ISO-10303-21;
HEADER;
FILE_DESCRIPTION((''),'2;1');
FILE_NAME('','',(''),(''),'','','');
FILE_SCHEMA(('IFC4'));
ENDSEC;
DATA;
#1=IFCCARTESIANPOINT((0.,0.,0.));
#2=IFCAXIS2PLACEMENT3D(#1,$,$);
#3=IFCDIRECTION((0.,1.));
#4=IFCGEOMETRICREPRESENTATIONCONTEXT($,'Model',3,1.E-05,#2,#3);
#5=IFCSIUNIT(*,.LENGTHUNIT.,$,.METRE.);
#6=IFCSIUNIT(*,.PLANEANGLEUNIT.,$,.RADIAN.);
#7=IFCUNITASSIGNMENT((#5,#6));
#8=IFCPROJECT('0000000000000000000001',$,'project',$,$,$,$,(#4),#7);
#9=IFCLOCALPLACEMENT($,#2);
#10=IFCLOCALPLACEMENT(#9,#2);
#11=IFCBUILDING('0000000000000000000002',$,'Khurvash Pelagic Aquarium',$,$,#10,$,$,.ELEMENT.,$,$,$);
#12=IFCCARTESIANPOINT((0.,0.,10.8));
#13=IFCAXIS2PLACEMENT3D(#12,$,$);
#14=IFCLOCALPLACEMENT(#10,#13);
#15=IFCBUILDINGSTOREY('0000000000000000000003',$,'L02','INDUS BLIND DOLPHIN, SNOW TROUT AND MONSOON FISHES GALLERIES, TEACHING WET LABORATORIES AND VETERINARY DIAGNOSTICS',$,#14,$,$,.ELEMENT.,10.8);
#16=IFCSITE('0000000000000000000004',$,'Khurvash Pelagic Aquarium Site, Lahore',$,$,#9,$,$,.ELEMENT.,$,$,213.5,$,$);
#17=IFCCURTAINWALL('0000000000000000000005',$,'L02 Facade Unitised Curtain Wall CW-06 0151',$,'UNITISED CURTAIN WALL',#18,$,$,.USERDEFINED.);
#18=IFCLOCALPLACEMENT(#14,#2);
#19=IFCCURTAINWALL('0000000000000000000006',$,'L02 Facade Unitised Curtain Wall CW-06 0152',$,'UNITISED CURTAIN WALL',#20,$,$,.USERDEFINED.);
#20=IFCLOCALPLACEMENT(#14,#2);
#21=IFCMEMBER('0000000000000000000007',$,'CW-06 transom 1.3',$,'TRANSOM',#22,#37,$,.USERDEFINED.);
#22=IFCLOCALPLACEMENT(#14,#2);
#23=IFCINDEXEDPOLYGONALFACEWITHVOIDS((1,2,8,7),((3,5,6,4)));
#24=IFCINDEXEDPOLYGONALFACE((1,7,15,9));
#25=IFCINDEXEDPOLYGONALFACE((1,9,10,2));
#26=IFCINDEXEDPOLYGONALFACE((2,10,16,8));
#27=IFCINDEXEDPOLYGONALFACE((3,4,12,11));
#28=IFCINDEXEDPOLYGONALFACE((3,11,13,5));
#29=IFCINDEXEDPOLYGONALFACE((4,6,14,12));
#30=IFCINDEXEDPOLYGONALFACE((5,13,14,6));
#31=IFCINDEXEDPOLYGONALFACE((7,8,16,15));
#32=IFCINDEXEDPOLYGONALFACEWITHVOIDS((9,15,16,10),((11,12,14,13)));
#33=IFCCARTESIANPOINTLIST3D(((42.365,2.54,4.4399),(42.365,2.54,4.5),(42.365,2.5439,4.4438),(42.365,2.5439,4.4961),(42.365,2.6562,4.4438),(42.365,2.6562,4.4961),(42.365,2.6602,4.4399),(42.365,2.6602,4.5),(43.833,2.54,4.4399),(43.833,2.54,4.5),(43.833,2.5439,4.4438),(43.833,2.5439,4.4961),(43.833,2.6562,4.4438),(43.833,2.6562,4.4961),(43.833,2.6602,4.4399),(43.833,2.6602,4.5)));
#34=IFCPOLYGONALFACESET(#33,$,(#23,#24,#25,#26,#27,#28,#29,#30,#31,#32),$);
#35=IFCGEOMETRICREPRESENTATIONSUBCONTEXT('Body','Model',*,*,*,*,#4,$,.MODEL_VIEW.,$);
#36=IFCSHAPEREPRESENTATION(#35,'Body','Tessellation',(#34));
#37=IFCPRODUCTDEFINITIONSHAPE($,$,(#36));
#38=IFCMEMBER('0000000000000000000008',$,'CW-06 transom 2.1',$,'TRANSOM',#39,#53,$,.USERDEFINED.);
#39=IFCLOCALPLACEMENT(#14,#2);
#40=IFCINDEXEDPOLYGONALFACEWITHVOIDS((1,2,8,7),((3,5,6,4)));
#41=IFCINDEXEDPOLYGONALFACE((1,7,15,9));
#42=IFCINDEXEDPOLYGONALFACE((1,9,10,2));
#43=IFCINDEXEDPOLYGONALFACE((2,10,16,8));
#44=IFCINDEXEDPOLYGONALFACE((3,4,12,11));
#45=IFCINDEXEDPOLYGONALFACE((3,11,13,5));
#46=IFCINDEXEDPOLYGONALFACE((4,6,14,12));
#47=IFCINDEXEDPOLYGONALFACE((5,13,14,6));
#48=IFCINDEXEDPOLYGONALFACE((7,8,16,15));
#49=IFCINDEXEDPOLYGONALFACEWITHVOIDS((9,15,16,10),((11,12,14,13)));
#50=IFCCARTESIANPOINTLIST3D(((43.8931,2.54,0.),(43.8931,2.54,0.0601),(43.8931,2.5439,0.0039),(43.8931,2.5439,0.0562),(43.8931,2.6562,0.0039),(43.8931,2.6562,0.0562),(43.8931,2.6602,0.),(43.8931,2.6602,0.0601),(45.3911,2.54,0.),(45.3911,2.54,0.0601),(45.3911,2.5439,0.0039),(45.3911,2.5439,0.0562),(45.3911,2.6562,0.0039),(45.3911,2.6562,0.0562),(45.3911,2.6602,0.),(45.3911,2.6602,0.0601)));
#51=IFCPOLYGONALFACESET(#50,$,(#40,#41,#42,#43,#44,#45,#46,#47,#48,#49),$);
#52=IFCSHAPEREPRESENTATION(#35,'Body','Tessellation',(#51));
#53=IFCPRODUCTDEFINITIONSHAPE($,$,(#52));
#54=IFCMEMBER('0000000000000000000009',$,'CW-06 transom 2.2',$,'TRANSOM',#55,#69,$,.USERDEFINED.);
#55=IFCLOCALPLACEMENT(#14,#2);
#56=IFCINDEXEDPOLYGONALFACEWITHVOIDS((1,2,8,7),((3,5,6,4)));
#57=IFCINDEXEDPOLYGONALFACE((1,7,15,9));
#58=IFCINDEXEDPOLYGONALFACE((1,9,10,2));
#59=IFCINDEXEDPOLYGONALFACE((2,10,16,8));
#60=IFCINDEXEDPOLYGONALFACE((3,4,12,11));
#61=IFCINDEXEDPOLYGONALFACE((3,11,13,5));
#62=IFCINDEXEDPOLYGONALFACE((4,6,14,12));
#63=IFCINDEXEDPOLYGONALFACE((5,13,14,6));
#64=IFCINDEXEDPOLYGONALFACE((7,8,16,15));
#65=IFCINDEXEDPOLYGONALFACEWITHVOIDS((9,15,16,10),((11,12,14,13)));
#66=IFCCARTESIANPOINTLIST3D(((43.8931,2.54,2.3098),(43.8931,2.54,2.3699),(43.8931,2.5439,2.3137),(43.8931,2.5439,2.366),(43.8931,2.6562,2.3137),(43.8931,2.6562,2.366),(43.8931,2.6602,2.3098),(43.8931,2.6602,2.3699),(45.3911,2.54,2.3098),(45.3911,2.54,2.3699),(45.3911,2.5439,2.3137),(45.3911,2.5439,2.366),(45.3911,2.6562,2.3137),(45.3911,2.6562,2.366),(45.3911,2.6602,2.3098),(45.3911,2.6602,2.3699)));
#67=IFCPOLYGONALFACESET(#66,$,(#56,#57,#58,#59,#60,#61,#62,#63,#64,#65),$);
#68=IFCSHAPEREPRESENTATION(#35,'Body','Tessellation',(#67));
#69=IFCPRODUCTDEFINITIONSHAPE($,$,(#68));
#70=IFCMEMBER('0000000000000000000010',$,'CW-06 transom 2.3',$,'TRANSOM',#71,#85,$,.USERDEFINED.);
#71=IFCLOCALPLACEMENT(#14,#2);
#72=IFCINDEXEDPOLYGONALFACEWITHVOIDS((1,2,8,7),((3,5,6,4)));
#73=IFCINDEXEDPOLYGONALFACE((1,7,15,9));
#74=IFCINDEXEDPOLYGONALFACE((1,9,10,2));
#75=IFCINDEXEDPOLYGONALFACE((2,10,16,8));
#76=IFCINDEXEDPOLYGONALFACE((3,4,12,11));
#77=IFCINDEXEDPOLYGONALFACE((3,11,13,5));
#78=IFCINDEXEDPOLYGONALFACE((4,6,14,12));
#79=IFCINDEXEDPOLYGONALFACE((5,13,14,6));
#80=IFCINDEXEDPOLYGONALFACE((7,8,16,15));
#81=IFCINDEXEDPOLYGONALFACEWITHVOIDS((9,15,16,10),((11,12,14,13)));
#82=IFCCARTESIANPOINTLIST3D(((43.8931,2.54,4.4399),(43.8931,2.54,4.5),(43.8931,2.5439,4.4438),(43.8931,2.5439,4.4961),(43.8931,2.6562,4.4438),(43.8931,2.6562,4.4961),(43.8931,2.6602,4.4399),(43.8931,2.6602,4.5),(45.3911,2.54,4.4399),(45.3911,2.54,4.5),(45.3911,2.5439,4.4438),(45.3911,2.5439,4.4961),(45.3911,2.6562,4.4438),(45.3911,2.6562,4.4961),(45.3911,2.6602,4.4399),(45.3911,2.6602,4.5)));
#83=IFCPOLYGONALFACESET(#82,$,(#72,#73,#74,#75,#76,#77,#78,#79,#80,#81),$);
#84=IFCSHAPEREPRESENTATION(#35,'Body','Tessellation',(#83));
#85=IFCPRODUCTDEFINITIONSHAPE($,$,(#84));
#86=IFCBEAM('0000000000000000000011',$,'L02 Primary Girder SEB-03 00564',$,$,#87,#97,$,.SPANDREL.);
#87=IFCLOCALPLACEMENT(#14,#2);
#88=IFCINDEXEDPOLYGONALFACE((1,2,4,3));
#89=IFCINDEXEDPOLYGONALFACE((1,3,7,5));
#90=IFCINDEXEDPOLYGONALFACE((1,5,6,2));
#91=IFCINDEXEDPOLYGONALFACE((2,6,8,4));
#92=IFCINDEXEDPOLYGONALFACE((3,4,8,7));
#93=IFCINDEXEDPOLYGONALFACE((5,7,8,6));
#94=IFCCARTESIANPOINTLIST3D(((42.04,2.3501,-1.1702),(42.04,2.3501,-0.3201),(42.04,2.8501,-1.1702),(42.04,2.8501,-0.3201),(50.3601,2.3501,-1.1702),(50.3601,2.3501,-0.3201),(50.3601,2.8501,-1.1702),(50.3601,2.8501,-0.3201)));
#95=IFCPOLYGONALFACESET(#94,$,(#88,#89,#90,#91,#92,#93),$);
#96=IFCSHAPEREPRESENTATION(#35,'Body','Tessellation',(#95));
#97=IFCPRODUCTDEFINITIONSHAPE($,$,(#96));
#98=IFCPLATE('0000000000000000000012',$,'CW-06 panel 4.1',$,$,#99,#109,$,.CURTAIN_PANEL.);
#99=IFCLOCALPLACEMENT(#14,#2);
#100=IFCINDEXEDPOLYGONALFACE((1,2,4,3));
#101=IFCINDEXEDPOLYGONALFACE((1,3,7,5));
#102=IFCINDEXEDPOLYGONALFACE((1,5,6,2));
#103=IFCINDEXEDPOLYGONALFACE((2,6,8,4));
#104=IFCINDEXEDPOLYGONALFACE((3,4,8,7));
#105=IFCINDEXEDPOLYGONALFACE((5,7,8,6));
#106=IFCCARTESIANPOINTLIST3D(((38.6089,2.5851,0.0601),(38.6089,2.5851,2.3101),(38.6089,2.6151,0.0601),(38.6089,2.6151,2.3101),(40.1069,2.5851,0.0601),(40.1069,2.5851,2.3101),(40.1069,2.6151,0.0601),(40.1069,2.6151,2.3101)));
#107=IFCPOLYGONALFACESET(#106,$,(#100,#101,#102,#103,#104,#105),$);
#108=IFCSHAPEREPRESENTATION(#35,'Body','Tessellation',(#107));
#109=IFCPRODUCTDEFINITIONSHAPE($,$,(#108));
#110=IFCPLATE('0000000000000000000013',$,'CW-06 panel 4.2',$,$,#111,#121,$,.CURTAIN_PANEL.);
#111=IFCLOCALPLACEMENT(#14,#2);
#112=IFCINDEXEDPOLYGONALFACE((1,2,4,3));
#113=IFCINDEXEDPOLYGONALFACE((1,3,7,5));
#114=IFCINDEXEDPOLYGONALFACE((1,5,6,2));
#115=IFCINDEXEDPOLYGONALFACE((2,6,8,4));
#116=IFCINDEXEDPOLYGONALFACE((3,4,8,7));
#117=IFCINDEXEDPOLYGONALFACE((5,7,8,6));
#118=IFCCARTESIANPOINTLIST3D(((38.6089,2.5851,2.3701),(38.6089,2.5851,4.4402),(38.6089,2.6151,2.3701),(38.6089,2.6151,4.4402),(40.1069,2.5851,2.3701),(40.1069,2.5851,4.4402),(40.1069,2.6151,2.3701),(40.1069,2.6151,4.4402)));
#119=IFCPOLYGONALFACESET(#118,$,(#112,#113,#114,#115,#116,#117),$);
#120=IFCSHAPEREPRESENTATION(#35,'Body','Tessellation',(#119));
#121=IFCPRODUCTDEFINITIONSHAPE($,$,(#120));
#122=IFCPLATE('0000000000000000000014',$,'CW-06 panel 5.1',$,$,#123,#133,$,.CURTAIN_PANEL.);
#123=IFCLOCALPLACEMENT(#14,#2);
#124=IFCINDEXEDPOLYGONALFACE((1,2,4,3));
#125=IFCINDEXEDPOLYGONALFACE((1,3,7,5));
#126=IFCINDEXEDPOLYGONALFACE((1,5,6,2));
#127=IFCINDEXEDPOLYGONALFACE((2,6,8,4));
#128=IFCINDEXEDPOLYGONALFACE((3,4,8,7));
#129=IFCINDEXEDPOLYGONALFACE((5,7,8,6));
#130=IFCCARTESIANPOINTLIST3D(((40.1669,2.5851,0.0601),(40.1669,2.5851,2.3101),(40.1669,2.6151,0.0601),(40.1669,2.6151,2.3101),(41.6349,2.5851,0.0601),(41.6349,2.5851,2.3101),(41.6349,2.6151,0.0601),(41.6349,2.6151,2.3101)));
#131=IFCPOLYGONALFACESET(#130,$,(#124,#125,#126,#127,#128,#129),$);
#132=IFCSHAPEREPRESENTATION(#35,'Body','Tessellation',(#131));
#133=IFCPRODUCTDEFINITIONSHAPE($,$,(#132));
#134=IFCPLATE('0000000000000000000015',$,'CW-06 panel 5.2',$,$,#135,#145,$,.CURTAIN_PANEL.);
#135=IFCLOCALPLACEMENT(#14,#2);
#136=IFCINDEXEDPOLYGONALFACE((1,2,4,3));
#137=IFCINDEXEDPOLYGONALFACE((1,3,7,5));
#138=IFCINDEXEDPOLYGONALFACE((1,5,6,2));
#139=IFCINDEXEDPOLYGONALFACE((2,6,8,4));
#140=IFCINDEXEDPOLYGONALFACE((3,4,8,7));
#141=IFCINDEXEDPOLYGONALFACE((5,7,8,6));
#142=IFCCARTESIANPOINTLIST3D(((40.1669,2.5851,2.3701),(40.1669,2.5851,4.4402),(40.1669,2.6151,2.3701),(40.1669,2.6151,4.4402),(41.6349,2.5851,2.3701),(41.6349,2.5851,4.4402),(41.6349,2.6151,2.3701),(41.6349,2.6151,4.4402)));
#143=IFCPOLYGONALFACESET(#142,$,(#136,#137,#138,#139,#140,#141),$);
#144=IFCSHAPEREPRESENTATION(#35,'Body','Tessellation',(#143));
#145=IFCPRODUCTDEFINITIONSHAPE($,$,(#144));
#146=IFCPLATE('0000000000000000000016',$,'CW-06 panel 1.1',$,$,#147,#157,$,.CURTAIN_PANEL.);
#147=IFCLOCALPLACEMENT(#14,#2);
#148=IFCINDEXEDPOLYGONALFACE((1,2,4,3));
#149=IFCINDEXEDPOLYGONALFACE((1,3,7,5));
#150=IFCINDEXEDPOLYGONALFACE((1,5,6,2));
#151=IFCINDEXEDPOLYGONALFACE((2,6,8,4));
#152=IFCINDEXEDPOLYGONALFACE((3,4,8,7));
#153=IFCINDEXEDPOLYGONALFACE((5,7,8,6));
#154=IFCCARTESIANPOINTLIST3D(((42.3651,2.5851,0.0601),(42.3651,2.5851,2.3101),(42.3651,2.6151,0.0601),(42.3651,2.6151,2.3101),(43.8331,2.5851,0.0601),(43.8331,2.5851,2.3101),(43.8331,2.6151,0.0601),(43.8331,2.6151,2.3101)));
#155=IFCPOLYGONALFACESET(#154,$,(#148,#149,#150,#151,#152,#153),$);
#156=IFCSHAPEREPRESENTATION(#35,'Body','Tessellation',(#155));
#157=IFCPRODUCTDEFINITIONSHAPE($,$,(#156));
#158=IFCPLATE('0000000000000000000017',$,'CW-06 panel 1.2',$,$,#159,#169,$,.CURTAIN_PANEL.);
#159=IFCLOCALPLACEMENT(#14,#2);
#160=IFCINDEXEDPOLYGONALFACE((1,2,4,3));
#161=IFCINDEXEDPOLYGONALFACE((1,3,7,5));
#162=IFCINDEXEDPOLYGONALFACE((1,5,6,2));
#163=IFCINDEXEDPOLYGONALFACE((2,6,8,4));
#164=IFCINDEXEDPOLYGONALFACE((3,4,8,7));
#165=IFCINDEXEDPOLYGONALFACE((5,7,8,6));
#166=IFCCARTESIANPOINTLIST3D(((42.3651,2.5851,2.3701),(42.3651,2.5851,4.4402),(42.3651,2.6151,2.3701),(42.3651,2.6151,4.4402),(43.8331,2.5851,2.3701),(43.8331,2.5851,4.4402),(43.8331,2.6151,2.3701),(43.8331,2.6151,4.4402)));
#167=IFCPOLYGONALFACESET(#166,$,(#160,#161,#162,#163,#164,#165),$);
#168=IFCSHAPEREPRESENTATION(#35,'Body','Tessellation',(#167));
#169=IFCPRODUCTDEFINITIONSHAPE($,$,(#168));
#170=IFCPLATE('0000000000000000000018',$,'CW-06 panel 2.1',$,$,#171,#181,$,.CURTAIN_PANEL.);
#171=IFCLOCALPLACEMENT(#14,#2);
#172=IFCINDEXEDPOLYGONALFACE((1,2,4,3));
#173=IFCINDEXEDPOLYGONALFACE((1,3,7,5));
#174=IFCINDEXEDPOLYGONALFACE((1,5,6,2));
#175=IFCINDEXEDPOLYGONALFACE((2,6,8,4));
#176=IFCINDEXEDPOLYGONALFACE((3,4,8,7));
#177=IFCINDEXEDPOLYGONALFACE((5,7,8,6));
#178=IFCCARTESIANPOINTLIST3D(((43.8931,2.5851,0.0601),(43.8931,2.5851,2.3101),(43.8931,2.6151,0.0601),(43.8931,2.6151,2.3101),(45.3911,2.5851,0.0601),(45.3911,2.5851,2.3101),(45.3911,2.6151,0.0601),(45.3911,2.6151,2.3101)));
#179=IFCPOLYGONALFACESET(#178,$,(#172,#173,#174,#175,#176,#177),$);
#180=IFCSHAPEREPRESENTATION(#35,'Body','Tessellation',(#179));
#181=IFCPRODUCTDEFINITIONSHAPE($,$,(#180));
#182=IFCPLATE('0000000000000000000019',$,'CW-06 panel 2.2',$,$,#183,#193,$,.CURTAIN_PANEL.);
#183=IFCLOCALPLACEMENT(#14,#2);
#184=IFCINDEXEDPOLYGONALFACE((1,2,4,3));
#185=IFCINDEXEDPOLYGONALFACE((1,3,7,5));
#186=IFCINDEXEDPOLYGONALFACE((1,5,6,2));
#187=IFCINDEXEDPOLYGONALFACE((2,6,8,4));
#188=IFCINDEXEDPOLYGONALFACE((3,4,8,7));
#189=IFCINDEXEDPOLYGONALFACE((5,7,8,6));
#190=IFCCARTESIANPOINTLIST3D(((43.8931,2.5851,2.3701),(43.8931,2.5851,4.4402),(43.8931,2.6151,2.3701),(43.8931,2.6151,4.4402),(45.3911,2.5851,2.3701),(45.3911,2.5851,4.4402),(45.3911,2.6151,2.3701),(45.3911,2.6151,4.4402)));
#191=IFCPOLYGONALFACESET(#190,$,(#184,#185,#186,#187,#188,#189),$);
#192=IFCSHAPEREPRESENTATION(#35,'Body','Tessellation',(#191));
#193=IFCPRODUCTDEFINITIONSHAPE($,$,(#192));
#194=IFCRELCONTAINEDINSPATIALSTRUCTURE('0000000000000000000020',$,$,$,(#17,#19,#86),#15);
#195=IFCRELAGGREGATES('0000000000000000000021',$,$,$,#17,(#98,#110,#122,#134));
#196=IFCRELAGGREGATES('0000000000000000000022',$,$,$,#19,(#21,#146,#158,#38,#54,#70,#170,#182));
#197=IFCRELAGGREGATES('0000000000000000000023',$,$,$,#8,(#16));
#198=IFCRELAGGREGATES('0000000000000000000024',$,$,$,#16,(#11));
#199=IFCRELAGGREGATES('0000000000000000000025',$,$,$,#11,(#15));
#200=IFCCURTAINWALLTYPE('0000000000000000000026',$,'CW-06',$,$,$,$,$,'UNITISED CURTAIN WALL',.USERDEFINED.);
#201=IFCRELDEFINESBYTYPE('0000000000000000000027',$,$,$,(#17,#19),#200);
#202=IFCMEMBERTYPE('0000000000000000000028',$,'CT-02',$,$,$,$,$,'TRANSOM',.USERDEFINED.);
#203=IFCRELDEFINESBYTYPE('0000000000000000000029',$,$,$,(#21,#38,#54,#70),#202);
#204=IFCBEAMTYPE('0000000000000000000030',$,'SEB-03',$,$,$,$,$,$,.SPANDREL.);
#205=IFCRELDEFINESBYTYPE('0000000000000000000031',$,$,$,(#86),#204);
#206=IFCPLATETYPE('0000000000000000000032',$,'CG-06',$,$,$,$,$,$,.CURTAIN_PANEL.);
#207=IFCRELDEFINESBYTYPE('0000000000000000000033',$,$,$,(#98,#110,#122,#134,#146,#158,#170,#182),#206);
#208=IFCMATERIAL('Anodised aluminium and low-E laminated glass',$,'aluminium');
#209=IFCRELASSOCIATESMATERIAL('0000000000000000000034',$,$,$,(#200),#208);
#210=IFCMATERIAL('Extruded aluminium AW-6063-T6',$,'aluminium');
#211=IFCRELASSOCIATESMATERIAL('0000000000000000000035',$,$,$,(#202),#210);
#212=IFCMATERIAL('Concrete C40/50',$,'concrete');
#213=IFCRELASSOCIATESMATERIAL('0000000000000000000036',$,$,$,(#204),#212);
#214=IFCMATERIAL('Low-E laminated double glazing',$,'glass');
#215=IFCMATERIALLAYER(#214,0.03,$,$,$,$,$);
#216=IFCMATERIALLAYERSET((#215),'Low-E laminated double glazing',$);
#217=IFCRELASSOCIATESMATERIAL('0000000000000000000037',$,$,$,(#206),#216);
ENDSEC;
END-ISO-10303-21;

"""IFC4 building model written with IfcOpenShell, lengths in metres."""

from ifc_helpers import new_model, si_unit, direction, frame, origin, origin_2d, place, context, subcontext, project, spatial, rectangle, hollow_rectangle, extrude, material, layer, layer_set, material_profile, profile_set, type_object, element, aggregate, save


model = new_model("IFC4")

# Units and contexts
model_context = context("Model", 3, precision=1e-05, world=origin(), true_north=direction((0.0, 1.0)))
body_context = subcontext(model_context, "Body", "Model", "MODEL_VIEW")
ifc_project = project(units=[si_unit("LENGTHUNIT", "METRE"), si_unit("PLANEANGLEUNIT", "RADIAN")], contexts=[model_context])

# Site, building, storey
site_placement = place(None, origin())
site = spatial("IfcSite", under=ifc_project, at=site_placement, Name="Khurvash Pelagic Aquarium Site, Lahore", CompositionType="ELEMENT", RefElevation=213.5)
building_placement = place(site_placement, origin())
building = spatial("IfcBuilding", under=site, at=building_placement, Name="Khurvash Pelagic Aquarium", CompositionType="ELEMENT")
storey_placement = place(building_placement, frame((0.0, 0.0, 10.8)))
storey = spatial("IfcBuildingStorey", under=building, at=storey_placement, Name="L02", Description="INDUS BLIND DOLPHIN, SNOW TROUT AND MONSOON FISHES GALLERIES, TEACHING WET LABORATORIES AND VETERINARY DIAGNOSTICS", CompositionType="ELEMENT", Elevation=10.8)

# Shared definitions
ifc_material_1 = material(Name="Concrete C40/50", Category="concrete")

# Curtain walls
ifc_material_2 = material(Name="Anodised aluminium and low-E laminated glass", Category="aluminium")
curtain_wall_type = type_object("IfcCurtainWallType", Name="CW-06", ElementType="UNITISED CURTAIN WALL", PredefinedType="USERDEFINED", material=ifc_material_2)
curtain_wall_1_placement = place(storey_placement, origin())
curtain_wall_1 = element("IfcCurtainWall", 1, at=curtain_wall_1_placement, inside=storey, type_object=curtain_wall_type, Name="L02 Facade Unitised Curtain Wall CW-06 0151", ObjectType="UNITISED CURTAIN WALL", PredefinedType="USERDEFINED")
ifc_material_3 = material(Name="Extruded aluminium AW-6063-T6", Category="aluminium")
curtain_wall_2_placement = place(storey_placement, origin())
curtain_wall_2 = element("IfcCurtainWall", 2, at=curtain_wall_2_placement, inside=storey, type_object=curtain_wall_type, Name="L02 Facade Unitised Curtain Wall CW-06 0152", ObjectType="UNITISED CURTAIN WALL", PredefinedType="USERDEFINED")

# Members
ifc_material_profile_1 = material_profile(ifc_material_3, hollow_rectangle(XDim=0.1201, YDim=0.0601, WallThickness=0.0039, at=origin_2d()), Name="CWT120X60X4")
ifc_profile_set_1 = profile_set([ifc_material_profile_1], Name="Extruded aluminium AW-6063-T6")
member_type_1 = type_object("IfcMemberType", Name="CT-02", ElementType="TRANSOM", PredefinedType="USERDEFINED", material=ifc_profile_set_1)
member_1_placement = place(storey_placement, frame((42.365, 2.6001, 4.47), z_axis=(1.0, 0.0, 0.0), x_axis=(0.0, 1.0, 0.0)))
member_1 = element("IfcMember", 3, at=member_1_placement, type_object=member_type_1, Name="CW-06 transom 1.3", ObjectType="TRANSOM", PredefinedType="USERDEFINED", context=body_context, shape_type="SweptSolid", body=[
    extrude(hollow_rectangle(XDim=0.1201, YDim=0.0601, WallThickness=0.0039, at=origin_2d()), origin(), (0.0, 0.0, 1.0), 1.468),
])
member_2_placement = place(storey_placement, frame((43.8931, 2.6001, 0.03), z_axis=(1.0, 0.0, 0.0), x_axis=(0.0, 1.0, 0.0)))
member_2 = element("IfcMember", 4, at=member_2_placement, type_object=member_type_1, Name="CW-06 transom 2.1", ObjectType="TRANSOM", PredefinedType="USERDEFINED", context=body_context, shape_type="SweptSolid", body=[
    extrude(hollow_rectangle(XDim=0.1201, YDim=0.0601, WallThickness=0.0039, at=origin_2d()), origin(), (0.0, 0.0, 1.0), 1.498),
])
member_3_placement = place(storey_placement, frame((43.8931, 2.6001, 2.3398), z_axis=(1.0, 0.0, 0.0), x_axis=(0.0, 1.0, 0.0)))
member_3 = element("IfcMember", 5, at=member_3_placement, type_object=member_type_1, Name="CW-06 transom 2.2", ObjectType="TRANSOM", PredefinedType="USERDEFINED", context=body_context, shape_type="SweptSolid", body=[
    extrude(hollow_rectangle(XDim=0.1201, YDim=0.0601, WallThickness=0.0039, at=origin_2d()), origin(), (0.0, 0.0, 1.0), 1.498),
])
member_4_placement = place(storey_placement, frame((43.8931, 2.6001, 4.47), z_axis=(1.0, 0.0, 0.0), x_axis=(0.0, 1.0, 0.0)))
member_4 = element("IfcMember", 6, at=member_4_placement, type_object=member_type_1, Name="CW-06 transom 2.3", ObjectType="TRANSOM", PredefinedType="USERDEFINED", context=body_context, shape_type="SweptSolid", body=[
    extrude(hollow_rectangle(XDim=0.1201, YDim=0.0601, WallThickness=0.0039, at=origin_2d()), origin(), (0.0, 0.0, 1.0), 1.498),
])

# Beam
ifc_material_profile_2 = material_profile(ifc_material_1, rectangle(XDim=0.5, YDim=0.8501, at=origin_2d()), Name="RC500X850")
ifc_profile_set_2 = profile_set([ifc_material_profile_2], Name="Concrete C40/50")
beam_type = type_object("IfcBeamType", Name="SEB-03", PredefinedType="SPANDREL", material=ifc_profile_set_2)
beam_placement = place(storey_placement, frame((42.04, 2.6001, -0.7451), z_axis=(1.0, 0.0, 0.0), x_axis=(0.0, 1.0, 0.0)))
element("IfcBeam", 7, at=beam_placement, inside=storey, type_object=beam_type, Name="L02 Primary Girder SEB-03 00564", PredefinedType="SPANDREL", context=body_context, shape_type="SweptSolid", body=[
    extrude(rectangle(XDim=0.5, YDim=0.8501, at=origin_2d()), origin(), (0.0, 0.0, 1.0), 8.3201),
])

# Plates
ifc_material_4 = material(Name="Low-E laminated double glazing", Category="glass")
ifc_layer = layer(ifc_material_4, 0.03)
ifc_layer_set = layer_set([ifc_layer], Name="Low-E laminated double glazing")
plate_type = type_object("IfcPlateType", Name="CG-06", PredefinedType="CURTAIN_PANEL", material=ifc_layer_set)
plate_1_placement = place(storey_placement, frame((39.3579, 2.6001, 0.0601), z_axis=(0.0, 0.0, 1.0), x_axis=(1.0, 0.0, 0.0)))
plate_1 = element("IfcPlate", 8, at=plate_1_placement, type_object=plate_type, Name="CW-06 panel 4.1", PredefinedType="CURTAIN_PANEL", context=body_context, shape_type="SweptSolid", body=[
    extrude(rectangle(XDim=1.498, YDim=0.03, at=origin_2d()), origin(), (0.0, 0.0, 1.0), 2.25),
])
plate_2_placement = place(storey_placement, frame((39.3579, 2.6001, 2.3701), z_axis=(0.0, 0.0, 1.0), x_axis=(1.0, 0.0, 0.0)))
plate_2 = element("IfcPlate", 9, at=plate_2_placement, type_object=plate_type, Name="CW-06 panel 4.2", PredefinedType="CURTAIN_PANEL", context=body_context, shape_type="SweptSolid", body=[
    extrude(rectangle(XDim=1.498, YDim=0.03, at=origin_2d()), origin(), (0.0, 0.0, 1.0), 2.0701),
])
plate_3_placement = place(storey_placement, frame((40.9009, 2.6001, 0.0601), z_axis=(0.0, 0.0, 1.0), x_axis=(1.0, 0.0, 0.0)))
plate_3 = element("IfcPlate", 10, at=plate_3_placement, type_object=plate_type, Name="CW-06 panel 5.1", PredefinedType="CURTAIN_PANEL", context=body_context, shape_type="SweptSolid", body=[
    extrude(rectangle(XDim=1.468, YDim=0.03, at=origin_2d()), origin(), (0.0, 0.0, 1.0), 2.25),
])
plate_4_placement = place(storey_placement, frame((40.9009, 2.6001, 2.3701), z_axis=(0.0, 0.0, 1.0), x_axis=(1.0, 0.0, 0.0)))
plate_4 = element("IfcPlate", 11, at=plate_4_placement, type_object=plate_type, Name="CW-06 panel 5.2", PredefinedType="CURTAIN_PANEL", context=body_context, shape_type="SweptSolid", body=[
    extrude(rectangle(XDim=1.468, YDim=0.03, at=origin_2d()), origin(), (0.0, 0.0, 1.0), 2.0701),
])
aggregate(curtain_wall_1, [plate_1, plate_2, plate_3, plate_4])
plate_5_placement = place(storey_placement, frame((43.0991, 2.6001, 0.0601), z_axis=(0.0, 0.0, 1.0), x_axis=(1.0, 0.0, 0.0)))
plate_5 = element("IfcPlate", 12, at=plate_5_placement, type_object=plate_type, Name="CW-06 panel 1.1", PredefinedType="CURTAIN_PANEL", context=body_context, shape_type="SweptSolid", body=[
    extrude(rectangle(XDim=1.468, YDim=0.03, at=origin_2d()), origin(), (0.0, 0.0, 1.0), 2.25),
])
plate_6_placement = place(storey_placement, frame((43.0991, 2.6001, 2.3701), z_axis=(0.0, 0.0, 1.0), x_axis=(1.0, 0.0, 0.0)))
plate_6 = element("IfcPlate", 13, at=plate_6_placement, type_object=plate_type, Name="CW-06 panel 1.2", PredefinedType="CURTAIN_PANEL", context=body_context, shape_type="SweptSolid", body=[
    extrude(rectangle(XDim=1.468, YDim=0.03, at=origin_2d()), origin(), (0.0, 0.0, 1.0), 2.0701),
])
plate_7_placement = place(storey_placement, frame((44.6421, 2.6001, 0.0601), z_axis=(0.0, 0.0, 1.0), x_axis=(1.0, 0.0, 0.0)))
plate_7 = element("IfcPlate", 14, at=plate_7_placement, type_object=plate_type, Name="CW-06 panel 2.1", PredefinedType="CURTAIN_PANEL", context=body_context, shape_type="SweptSolid", body=[
    extrude(rectangle(XDim=1.498, YDim=0.03, at=origin_2d()), origin(), (0.0, 0.0, 1.0), 2.25),
])
plate_8_placement = place(storey_placement, frame((44.6421, 2.6001, 2.3701), z_axis=(0.0, 0.0, 1.0), x_axis=(1.0, 0.0, 0.0)))
plate_8 = element("IfcPlate", 15, at=plate_8_placement, type_object=plate_type, Name="CW-06 panel 2.2", PredefinedType="CURTAIN_PANEL", context=body_context, shape_type="SweptSolid", body=[
    extrude(rectangle(XDim=1.498, YDim=0.03, at=origin_2d()), origin(), (0.0, 0.0, 1.0), 2.0701),
])
aggregate(curtain_wall_2, [member_1, plate_5, plate_6, member_2, member_3, member_4, plate_7, plate_8])

save(model, "model.ifc")
